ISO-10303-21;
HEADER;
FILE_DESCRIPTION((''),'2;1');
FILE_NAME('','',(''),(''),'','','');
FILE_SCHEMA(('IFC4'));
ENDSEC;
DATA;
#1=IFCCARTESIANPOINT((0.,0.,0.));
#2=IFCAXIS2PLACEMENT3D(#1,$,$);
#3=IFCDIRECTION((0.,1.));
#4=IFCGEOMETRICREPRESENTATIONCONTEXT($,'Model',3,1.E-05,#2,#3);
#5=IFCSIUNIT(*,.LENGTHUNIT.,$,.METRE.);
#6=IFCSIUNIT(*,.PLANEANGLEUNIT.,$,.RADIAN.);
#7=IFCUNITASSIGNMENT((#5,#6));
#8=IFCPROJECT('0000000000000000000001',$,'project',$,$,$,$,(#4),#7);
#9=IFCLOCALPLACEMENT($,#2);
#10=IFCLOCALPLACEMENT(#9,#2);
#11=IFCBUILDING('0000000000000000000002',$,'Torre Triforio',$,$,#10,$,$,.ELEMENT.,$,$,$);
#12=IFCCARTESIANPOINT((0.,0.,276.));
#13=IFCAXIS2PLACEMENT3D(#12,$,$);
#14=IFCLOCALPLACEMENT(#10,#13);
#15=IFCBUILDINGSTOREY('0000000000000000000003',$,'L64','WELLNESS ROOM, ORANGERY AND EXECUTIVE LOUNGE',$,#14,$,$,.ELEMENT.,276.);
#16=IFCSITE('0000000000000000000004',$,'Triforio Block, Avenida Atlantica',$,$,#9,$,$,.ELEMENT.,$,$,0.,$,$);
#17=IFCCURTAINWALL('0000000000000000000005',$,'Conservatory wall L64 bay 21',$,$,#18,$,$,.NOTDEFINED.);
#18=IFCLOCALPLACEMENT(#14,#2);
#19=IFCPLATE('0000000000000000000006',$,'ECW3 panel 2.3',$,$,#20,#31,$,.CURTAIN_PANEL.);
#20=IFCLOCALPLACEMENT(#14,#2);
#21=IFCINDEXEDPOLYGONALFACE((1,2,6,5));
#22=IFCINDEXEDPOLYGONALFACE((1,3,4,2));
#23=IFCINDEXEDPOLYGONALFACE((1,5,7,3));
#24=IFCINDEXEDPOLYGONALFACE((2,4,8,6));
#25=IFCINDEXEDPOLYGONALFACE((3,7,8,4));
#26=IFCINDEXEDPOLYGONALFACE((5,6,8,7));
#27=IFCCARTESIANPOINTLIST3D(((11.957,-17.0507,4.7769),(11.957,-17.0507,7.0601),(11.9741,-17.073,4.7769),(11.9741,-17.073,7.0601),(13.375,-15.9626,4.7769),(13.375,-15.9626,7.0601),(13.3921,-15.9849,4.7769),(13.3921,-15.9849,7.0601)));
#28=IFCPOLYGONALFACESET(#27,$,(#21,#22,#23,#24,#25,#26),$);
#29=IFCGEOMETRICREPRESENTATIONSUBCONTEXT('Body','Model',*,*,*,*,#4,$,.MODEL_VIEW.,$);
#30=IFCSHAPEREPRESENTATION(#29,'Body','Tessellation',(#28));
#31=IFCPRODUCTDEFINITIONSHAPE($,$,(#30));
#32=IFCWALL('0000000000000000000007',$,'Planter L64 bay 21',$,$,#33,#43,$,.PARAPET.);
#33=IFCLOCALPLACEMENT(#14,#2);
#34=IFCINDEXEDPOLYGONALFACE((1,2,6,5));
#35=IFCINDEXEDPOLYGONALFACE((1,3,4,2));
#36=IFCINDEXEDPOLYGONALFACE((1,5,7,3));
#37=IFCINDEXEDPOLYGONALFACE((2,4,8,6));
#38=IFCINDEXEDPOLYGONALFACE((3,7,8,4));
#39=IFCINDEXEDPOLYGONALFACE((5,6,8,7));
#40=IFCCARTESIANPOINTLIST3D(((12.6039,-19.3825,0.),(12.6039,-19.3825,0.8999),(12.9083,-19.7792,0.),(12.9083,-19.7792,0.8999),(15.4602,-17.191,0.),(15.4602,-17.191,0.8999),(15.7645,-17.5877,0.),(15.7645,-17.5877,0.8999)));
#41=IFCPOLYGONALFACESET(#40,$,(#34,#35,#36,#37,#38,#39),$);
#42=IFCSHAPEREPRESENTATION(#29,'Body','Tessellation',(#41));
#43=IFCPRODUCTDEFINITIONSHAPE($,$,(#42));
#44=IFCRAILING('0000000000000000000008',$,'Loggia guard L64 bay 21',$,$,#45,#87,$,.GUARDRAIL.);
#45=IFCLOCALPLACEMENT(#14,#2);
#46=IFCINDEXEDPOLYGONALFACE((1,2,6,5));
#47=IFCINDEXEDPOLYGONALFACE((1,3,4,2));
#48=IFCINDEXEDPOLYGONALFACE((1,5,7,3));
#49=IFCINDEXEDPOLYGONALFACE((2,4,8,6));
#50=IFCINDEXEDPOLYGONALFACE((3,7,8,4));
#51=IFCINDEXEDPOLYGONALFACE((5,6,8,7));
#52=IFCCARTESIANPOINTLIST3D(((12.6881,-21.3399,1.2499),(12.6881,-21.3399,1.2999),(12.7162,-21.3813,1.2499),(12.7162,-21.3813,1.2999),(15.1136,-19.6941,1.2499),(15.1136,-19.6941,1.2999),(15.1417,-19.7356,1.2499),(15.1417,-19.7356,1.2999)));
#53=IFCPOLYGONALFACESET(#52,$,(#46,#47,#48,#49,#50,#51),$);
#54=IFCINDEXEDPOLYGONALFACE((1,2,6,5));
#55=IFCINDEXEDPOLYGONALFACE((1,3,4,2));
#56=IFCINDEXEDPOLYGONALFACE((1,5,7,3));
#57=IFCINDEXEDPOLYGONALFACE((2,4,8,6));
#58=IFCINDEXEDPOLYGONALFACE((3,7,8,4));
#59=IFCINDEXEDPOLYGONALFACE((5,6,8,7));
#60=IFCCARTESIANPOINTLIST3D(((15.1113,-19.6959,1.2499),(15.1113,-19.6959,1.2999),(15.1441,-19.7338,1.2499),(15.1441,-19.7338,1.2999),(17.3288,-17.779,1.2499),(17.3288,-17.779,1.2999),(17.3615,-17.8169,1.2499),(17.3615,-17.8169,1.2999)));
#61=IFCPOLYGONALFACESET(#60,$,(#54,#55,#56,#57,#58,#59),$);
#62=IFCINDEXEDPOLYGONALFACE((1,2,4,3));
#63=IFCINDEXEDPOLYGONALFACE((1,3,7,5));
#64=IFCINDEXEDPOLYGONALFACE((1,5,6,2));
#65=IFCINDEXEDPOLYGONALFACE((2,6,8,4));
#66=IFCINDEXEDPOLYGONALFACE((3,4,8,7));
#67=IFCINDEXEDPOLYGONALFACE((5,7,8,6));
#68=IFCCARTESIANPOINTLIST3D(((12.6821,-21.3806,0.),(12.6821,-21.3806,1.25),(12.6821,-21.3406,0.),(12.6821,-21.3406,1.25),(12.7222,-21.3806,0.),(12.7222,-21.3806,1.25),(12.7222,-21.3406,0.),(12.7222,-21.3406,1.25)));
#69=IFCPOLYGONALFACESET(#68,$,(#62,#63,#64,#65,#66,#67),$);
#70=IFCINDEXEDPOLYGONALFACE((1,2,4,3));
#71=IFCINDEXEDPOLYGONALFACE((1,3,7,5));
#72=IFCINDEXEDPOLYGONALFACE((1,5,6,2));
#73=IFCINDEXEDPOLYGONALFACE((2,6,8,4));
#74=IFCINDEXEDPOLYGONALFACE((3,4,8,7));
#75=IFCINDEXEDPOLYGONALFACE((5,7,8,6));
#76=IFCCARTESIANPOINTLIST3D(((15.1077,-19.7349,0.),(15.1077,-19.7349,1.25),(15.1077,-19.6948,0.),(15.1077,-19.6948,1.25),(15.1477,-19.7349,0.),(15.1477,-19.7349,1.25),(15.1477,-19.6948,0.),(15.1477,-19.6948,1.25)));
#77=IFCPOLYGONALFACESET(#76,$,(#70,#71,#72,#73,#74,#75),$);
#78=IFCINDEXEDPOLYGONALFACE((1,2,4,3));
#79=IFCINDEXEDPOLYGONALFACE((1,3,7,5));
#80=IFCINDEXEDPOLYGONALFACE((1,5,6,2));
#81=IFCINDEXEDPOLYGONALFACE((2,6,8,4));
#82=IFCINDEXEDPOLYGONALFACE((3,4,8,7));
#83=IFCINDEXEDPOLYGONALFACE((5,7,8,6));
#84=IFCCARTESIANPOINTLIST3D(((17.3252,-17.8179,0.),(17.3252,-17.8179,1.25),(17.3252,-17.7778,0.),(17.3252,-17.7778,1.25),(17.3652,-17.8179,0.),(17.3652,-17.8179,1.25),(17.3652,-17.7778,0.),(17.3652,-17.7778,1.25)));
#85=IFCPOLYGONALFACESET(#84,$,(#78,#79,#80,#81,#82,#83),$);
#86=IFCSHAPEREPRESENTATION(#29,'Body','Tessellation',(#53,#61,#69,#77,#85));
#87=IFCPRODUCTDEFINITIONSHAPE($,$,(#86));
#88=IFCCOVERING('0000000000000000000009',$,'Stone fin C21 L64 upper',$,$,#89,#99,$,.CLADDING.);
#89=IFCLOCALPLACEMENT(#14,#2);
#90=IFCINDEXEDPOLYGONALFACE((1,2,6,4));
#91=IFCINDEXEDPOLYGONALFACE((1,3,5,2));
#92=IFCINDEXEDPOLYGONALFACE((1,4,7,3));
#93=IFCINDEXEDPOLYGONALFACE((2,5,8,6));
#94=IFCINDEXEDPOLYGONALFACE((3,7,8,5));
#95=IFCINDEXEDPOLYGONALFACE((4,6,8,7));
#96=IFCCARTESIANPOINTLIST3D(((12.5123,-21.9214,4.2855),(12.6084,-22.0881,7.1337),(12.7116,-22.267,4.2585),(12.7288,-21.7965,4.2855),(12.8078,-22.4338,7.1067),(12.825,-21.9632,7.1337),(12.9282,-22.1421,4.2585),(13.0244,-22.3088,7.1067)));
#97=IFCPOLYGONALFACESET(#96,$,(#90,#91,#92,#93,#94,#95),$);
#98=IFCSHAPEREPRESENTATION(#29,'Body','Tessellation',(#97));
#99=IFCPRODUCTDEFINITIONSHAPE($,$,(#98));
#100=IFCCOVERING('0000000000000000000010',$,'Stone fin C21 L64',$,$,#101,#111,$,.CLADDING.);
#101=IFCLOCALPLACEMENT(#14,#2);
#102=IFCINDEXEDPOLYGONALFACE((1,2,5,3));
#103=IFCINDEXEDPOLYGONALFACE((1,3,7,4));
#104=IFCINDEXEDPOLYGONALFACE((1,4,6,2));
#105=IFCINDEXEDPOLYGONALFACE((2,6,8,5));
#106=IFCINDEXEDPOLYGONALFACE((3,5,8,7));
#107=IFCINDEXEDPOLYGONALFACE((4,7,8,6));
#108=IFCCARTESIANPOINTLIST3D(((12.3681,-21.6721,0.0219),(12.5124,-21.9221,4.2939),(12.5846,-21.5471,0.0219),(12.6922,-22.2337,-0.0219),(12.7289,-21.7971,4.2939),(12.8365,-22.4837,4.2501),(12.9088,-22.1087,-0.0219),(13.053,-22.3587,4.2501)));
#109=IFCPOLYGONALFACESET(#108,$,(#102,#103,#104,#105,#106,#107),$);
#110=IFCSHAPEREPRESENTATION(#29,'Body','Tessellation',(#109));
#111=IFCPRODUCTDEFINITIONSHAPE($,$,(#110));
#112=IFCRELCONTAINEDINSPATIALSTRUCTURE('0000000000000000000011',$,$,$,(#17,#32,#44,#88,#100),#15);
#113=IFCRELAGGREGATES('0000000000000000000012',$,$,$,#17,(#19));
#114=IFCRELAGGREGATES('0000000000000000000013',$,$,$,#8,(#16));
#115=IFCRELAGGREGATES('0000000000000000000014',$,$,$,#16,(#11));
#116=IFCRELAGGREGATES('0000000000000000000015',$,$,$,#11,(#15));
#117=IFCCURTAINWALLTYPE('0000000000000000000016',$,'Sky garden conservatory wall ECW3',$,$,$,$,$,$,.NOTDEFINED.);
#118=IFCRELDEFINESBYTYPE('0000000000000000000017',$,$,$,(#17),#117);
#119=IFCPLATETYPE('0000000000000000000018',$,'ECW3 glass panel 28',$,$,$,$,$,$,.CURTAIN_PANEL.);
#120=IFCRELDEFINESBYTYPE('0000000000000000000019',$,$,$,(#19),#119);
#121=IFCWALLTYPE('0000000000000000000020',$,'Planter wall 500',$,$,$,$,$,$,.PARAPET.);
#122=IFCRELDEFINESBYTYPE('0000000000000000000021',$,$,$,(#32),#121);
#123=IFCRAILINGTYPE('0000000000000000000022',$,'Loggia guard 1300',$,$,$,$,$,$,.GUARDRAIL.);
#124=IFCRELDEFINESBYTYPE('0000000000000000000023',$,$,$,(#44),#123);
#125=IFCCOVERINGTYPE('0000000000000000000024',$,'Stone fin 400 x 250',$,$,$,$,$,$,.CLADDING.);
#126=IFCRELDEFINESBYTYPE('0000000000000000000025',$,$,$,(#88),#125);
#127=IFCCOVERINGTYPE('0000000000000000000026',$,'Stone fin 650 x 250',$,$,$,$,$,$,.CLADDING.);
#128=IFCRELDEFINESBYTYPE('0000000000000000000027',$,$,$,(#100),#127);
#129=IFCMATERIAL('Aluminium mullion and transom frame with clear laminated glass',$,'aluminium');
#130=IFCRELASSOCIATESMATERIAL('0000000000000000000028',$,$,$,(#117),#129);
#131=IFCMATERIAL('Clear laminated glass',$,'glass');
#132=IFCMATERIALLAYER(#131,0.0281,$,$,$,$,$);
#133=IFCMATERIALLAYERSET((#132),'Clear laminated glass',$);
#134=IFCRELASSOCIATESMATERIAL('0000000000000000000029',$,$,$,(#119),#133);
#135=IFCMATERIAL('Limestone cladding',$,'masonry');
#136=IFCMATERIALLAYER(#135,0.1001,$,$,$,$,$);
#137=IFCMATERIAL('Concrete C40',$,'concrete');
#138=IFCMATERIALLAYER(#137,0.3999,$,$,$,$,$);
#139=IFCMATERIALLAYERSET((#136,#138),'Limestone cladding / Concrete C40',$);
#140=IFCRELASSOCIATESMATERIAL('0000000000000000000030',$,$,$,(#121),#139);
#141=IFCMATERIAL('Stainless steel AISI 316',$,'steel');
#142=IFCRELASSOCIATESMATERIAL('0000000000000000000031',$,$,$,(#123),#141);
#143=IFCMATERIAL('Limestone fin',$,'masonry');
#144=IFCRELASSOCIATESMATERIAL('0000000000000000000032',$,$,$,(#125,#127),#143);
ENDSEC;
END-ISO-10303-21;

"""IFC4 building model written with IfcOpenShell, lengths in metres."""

from ifc_helpers import new_model, si_unit, direction, frame, frame_2d, origin, origin_2d, place, context, subcontext, project, spatial, rectangle, extrude, material, layer, layer_set, material_profile, profile_set, type_object, element, aggregate, save


model = new_model("IFC4")

# Units and contexts
model_context = context("Model", 3, precision=1e-05, world=origin(), true_north=direction((0.0, 1.0)))
body_context = subcontext(model_context, "Body", "Model", "MODEL_VIEW")
ifc_project = project(units=[si_unit("LENGTHUNIT", "METRE"), si_unit("PLANEANGLEUNIT", "RADIAN")], contexts=[model_context])

# Site, building, storey
site_placement = place(None, origin())
site = spatial("IfcSite", under=ifc_project, at=site_placement, Name="Triforio Block, Avenida Atlantica", CompositionType="ELEMENT", RefElevation=0.0)
building_placement = place(site_placement, origin())
building = spatial("IfcBuilding", under=site, at=building_placement, Name="Torre Triforio", CompositionType="ELEMENT")
storey_placement = place(building_placement, frame((0.0, 0.0, 276.0)))
storey = spatial("IfcBuildingStorey", under=building, at=storey_placement, Name="L64", Description="WELLNESS ROOM, ORANGERY AND EXECUTIVE LOUNGE", CompositionType="ELEMENT", Elevation=276.0)

# Shared definitions
ifc_material_1 = material(Name="Concrete C40", Category="concrete")

# Curtain wall
ifc_material_2 = material(Name="Aluminium mullion and transom frame with clear laminated glass", Category="aluminium")
curtain_wall_type = type_object("IfcCurtainWallType", Name="Sky garden conservatory wall ECW3", PredefinedType="NOTDEFINED", material=ifc_material_2)
curtain_wall_placement = place(storey_placement, origin())
curtain_wall = element("IfcCurtainWall", 1, at=curtain_wall_placement, inside=storey, type_object=curtain_wall_type, Name="Conservatory wall L64 bay 21", PredefinedType="NOTDEFINED")

# Plate
ifc_material_3 = material(Name="Clear laminated glass", Category="glass")
ifc_layer_1 = layer(ifc_material_3, 0.0281)
ifc_layer_set_1 = layer_set([ifc_layer_1], Name="Clear laminated glass")
plate_type = type_object("IfcPlateType", Name="ECW3 glass panel 28", PredefinedType="CURTAIN_PANEL", material=ifc_layer_set_1)
plate_1_placement = place(storey_placement, frame((12.6746, -16.5178, 4.7769), z_axis=(0.0, 0.0, 1.0), x_axis=(0.793352, 0.608763, 0.0)))
plate_1 = element("IfcPlate", 2, at=plate_1_placement, type_object=plate_type, Name="ECW3 panel 2.3", PredefinedType="CURTAIN_PANEL", context=body_context, shape_type="SweptSolid", body=[
    extrude(rectangle(XDim=1.7874, YDim=0.0281, at=origin_2d()), origin(), (0.0, 0.0, 1.0), 2.2832),
])
aggregate(curtain_wall, [plate_1])

# Wall
ifc_material_4 = material(Name="Limestone cladding", Category="masonry")
ifc_layer_2 = layer(ifc_material_4, 0.1001)
ifc_layer_3 = layer(ifc_material_1, 0.3999)
ifc_layer_set_2 = layer_set([ifc_layer_2, ifc_layer_3], Name="Limestone cladding / Concrete C40")
wall_type = type_object("IfcWallType", Name="Planter wall 500", PredefinedType="PARAPET", material=ifc_layer_set_2)
wall_placement = place(storey_placement, frame((12.7561, -19.5808, 0.0), z_axis=(0.0, 0.0, 1.0), x_axis=(0.793385, 0.608721, 0.0)))
element("IfcWall", 3, at=wall_placement, inside=storey, type_object=wall_type, Name="Planter L64 bay 21", PredefinedType="PARAPET", context=body_context, shape_type="SweptSolid", body=[
    extrude(rectangle(XDim=3.6001, YDim=0.5, at=frame_2d((1.8, 0.0))), origin(), (0.0, 0.0, 1.0), 0.8999),
])

# Railing
ifc_material_5 = material(Name="Stainless steel AISI 316", Category="steel")
railing_type = type_object("IfcRailingType", Name="Loggia guard 1300", PredefinedType="GUARDRAIL", material=ifc_material_5)
railing_placement = place(storey_placement, frame((12.7021, -21.3606, 0.0)))
element("IfcRailing", 4, at=railing_placement, inside=storey, type_object=railing_type, Name="Loggia guard L64 bay 21", PredefinedType="GUARDRAIL", context=body_context, shape_type="SweptSolid", body=[
    extrude(rectangle(XDim=0.05, YDim=0.05, at=origin_2d()), frame((0.0, 0.0, 1.2749), z_axis=(0.827499, 0.561467, 0.0), x_axis=(-0.561467, 0.827499, 0.0)), (0.0, 0.0, 1.0), 2.9312),
    extrude(rectangle(XDim=0.05, YDim=0.05, at=origin_2d()), frame((2.4255, 1.6458, 1.2749), z_axis=(0.75651, 0.653982, 0.0), x_axis=(-0.653982, 0.75651, 0.0)), (0.0, 0.0, 1.0), 2.9312),
    extrude(rectangle(XDim=0.04, YDim=0.04, at=origin_2d()), origin(), (0.0, 0.0, 1.0), 1.25),
    extrude(rectangle(XDim=0.04, YDim=0.04, at=origin_2d()), frame((2.4255, 1.6458, 0.0)), (0.0, 0.0, 1.0), 1.25),
    extrude(rectangle(XDim=0.04, YDim=0.04, at=origin_2d()), frame((4.6431, 3.5627, 0.0)), (0.0, 0.0, 1.0), 1.25),
])

# Coverings
ifc_material_6 = material(Name="Limestone fin", Category="masonry")
ifc_material_profile_1 = material_profile(ifc_material_6, rectangle(XDim=0.3999, YDim=0.25, at=origin_2d()), Name="FIN 400x250")
ifc_profile_set_1 = profile_set([ifc_material_profile_1], Name="Limestone fin")
covering_type_1 = type_object("IfcCoveringType", Name="Stone fin 400 x 250", PredefinedType="CLADDING", material=ifc_profile_set_1)
covering_1_placement = place(storey_placement, frame((12.7202, -22.0317, 4.272), z_axis=(0.033696, -0.058413, 0.997724), x_axis=(-0.498548, 0.864235, 0.067435)))
element("IfcCovering", 5, at=covering_1_placement, inside=storey, type_object=covering_type_1, Name="Stone fin C21 L64 upper", PredefinedType="CLADDING", context=body_context, shape_type="SweptSolid", body=[
    extrude(rectangle(XDim=0.3999, YDim=0.25, at=origin_2d()), origin(), (0.0, 0.0, 1.0), 2.8547),
])
ifc_material_profile_2 = material_profile(ifc_material_6, rectangle(XDim=0.6499, YDim=0.25, at=origin_2d()), Name="FIN 650x250")
ifc_profile_set_2 = profile_set([ifc_material_profile_2], Name="Limestone fin")
covering_type_2 = type_object("IfcCoveringType", Name="Stone fin 650 x 250", PredefinedType="CLADDING", material=ifc_profile_set_2)
covering_2_placement = place(storey_placement, frame((12.6384, -21.8904, 0.0), z_axis=(0.033698, -0.058388, 0.997725), x_axis=(-0.498732, 0.864131, 0.067415)))
element("IfcCovering", 6, at=covering_2_placement, inside=storey, type_object=covering_type_2, Name="Stone fin C21 L64", PredefinedType="CLADDING", context=body_context, shape_type="SweptSolid", body=[
    extrude(rectangle(XDim=0.6499, YDim=0.25, at=origin_2d()), origin(), (0.0, 0.0, 1.0), 4.2817),
])

save(model, "model.ifc")
